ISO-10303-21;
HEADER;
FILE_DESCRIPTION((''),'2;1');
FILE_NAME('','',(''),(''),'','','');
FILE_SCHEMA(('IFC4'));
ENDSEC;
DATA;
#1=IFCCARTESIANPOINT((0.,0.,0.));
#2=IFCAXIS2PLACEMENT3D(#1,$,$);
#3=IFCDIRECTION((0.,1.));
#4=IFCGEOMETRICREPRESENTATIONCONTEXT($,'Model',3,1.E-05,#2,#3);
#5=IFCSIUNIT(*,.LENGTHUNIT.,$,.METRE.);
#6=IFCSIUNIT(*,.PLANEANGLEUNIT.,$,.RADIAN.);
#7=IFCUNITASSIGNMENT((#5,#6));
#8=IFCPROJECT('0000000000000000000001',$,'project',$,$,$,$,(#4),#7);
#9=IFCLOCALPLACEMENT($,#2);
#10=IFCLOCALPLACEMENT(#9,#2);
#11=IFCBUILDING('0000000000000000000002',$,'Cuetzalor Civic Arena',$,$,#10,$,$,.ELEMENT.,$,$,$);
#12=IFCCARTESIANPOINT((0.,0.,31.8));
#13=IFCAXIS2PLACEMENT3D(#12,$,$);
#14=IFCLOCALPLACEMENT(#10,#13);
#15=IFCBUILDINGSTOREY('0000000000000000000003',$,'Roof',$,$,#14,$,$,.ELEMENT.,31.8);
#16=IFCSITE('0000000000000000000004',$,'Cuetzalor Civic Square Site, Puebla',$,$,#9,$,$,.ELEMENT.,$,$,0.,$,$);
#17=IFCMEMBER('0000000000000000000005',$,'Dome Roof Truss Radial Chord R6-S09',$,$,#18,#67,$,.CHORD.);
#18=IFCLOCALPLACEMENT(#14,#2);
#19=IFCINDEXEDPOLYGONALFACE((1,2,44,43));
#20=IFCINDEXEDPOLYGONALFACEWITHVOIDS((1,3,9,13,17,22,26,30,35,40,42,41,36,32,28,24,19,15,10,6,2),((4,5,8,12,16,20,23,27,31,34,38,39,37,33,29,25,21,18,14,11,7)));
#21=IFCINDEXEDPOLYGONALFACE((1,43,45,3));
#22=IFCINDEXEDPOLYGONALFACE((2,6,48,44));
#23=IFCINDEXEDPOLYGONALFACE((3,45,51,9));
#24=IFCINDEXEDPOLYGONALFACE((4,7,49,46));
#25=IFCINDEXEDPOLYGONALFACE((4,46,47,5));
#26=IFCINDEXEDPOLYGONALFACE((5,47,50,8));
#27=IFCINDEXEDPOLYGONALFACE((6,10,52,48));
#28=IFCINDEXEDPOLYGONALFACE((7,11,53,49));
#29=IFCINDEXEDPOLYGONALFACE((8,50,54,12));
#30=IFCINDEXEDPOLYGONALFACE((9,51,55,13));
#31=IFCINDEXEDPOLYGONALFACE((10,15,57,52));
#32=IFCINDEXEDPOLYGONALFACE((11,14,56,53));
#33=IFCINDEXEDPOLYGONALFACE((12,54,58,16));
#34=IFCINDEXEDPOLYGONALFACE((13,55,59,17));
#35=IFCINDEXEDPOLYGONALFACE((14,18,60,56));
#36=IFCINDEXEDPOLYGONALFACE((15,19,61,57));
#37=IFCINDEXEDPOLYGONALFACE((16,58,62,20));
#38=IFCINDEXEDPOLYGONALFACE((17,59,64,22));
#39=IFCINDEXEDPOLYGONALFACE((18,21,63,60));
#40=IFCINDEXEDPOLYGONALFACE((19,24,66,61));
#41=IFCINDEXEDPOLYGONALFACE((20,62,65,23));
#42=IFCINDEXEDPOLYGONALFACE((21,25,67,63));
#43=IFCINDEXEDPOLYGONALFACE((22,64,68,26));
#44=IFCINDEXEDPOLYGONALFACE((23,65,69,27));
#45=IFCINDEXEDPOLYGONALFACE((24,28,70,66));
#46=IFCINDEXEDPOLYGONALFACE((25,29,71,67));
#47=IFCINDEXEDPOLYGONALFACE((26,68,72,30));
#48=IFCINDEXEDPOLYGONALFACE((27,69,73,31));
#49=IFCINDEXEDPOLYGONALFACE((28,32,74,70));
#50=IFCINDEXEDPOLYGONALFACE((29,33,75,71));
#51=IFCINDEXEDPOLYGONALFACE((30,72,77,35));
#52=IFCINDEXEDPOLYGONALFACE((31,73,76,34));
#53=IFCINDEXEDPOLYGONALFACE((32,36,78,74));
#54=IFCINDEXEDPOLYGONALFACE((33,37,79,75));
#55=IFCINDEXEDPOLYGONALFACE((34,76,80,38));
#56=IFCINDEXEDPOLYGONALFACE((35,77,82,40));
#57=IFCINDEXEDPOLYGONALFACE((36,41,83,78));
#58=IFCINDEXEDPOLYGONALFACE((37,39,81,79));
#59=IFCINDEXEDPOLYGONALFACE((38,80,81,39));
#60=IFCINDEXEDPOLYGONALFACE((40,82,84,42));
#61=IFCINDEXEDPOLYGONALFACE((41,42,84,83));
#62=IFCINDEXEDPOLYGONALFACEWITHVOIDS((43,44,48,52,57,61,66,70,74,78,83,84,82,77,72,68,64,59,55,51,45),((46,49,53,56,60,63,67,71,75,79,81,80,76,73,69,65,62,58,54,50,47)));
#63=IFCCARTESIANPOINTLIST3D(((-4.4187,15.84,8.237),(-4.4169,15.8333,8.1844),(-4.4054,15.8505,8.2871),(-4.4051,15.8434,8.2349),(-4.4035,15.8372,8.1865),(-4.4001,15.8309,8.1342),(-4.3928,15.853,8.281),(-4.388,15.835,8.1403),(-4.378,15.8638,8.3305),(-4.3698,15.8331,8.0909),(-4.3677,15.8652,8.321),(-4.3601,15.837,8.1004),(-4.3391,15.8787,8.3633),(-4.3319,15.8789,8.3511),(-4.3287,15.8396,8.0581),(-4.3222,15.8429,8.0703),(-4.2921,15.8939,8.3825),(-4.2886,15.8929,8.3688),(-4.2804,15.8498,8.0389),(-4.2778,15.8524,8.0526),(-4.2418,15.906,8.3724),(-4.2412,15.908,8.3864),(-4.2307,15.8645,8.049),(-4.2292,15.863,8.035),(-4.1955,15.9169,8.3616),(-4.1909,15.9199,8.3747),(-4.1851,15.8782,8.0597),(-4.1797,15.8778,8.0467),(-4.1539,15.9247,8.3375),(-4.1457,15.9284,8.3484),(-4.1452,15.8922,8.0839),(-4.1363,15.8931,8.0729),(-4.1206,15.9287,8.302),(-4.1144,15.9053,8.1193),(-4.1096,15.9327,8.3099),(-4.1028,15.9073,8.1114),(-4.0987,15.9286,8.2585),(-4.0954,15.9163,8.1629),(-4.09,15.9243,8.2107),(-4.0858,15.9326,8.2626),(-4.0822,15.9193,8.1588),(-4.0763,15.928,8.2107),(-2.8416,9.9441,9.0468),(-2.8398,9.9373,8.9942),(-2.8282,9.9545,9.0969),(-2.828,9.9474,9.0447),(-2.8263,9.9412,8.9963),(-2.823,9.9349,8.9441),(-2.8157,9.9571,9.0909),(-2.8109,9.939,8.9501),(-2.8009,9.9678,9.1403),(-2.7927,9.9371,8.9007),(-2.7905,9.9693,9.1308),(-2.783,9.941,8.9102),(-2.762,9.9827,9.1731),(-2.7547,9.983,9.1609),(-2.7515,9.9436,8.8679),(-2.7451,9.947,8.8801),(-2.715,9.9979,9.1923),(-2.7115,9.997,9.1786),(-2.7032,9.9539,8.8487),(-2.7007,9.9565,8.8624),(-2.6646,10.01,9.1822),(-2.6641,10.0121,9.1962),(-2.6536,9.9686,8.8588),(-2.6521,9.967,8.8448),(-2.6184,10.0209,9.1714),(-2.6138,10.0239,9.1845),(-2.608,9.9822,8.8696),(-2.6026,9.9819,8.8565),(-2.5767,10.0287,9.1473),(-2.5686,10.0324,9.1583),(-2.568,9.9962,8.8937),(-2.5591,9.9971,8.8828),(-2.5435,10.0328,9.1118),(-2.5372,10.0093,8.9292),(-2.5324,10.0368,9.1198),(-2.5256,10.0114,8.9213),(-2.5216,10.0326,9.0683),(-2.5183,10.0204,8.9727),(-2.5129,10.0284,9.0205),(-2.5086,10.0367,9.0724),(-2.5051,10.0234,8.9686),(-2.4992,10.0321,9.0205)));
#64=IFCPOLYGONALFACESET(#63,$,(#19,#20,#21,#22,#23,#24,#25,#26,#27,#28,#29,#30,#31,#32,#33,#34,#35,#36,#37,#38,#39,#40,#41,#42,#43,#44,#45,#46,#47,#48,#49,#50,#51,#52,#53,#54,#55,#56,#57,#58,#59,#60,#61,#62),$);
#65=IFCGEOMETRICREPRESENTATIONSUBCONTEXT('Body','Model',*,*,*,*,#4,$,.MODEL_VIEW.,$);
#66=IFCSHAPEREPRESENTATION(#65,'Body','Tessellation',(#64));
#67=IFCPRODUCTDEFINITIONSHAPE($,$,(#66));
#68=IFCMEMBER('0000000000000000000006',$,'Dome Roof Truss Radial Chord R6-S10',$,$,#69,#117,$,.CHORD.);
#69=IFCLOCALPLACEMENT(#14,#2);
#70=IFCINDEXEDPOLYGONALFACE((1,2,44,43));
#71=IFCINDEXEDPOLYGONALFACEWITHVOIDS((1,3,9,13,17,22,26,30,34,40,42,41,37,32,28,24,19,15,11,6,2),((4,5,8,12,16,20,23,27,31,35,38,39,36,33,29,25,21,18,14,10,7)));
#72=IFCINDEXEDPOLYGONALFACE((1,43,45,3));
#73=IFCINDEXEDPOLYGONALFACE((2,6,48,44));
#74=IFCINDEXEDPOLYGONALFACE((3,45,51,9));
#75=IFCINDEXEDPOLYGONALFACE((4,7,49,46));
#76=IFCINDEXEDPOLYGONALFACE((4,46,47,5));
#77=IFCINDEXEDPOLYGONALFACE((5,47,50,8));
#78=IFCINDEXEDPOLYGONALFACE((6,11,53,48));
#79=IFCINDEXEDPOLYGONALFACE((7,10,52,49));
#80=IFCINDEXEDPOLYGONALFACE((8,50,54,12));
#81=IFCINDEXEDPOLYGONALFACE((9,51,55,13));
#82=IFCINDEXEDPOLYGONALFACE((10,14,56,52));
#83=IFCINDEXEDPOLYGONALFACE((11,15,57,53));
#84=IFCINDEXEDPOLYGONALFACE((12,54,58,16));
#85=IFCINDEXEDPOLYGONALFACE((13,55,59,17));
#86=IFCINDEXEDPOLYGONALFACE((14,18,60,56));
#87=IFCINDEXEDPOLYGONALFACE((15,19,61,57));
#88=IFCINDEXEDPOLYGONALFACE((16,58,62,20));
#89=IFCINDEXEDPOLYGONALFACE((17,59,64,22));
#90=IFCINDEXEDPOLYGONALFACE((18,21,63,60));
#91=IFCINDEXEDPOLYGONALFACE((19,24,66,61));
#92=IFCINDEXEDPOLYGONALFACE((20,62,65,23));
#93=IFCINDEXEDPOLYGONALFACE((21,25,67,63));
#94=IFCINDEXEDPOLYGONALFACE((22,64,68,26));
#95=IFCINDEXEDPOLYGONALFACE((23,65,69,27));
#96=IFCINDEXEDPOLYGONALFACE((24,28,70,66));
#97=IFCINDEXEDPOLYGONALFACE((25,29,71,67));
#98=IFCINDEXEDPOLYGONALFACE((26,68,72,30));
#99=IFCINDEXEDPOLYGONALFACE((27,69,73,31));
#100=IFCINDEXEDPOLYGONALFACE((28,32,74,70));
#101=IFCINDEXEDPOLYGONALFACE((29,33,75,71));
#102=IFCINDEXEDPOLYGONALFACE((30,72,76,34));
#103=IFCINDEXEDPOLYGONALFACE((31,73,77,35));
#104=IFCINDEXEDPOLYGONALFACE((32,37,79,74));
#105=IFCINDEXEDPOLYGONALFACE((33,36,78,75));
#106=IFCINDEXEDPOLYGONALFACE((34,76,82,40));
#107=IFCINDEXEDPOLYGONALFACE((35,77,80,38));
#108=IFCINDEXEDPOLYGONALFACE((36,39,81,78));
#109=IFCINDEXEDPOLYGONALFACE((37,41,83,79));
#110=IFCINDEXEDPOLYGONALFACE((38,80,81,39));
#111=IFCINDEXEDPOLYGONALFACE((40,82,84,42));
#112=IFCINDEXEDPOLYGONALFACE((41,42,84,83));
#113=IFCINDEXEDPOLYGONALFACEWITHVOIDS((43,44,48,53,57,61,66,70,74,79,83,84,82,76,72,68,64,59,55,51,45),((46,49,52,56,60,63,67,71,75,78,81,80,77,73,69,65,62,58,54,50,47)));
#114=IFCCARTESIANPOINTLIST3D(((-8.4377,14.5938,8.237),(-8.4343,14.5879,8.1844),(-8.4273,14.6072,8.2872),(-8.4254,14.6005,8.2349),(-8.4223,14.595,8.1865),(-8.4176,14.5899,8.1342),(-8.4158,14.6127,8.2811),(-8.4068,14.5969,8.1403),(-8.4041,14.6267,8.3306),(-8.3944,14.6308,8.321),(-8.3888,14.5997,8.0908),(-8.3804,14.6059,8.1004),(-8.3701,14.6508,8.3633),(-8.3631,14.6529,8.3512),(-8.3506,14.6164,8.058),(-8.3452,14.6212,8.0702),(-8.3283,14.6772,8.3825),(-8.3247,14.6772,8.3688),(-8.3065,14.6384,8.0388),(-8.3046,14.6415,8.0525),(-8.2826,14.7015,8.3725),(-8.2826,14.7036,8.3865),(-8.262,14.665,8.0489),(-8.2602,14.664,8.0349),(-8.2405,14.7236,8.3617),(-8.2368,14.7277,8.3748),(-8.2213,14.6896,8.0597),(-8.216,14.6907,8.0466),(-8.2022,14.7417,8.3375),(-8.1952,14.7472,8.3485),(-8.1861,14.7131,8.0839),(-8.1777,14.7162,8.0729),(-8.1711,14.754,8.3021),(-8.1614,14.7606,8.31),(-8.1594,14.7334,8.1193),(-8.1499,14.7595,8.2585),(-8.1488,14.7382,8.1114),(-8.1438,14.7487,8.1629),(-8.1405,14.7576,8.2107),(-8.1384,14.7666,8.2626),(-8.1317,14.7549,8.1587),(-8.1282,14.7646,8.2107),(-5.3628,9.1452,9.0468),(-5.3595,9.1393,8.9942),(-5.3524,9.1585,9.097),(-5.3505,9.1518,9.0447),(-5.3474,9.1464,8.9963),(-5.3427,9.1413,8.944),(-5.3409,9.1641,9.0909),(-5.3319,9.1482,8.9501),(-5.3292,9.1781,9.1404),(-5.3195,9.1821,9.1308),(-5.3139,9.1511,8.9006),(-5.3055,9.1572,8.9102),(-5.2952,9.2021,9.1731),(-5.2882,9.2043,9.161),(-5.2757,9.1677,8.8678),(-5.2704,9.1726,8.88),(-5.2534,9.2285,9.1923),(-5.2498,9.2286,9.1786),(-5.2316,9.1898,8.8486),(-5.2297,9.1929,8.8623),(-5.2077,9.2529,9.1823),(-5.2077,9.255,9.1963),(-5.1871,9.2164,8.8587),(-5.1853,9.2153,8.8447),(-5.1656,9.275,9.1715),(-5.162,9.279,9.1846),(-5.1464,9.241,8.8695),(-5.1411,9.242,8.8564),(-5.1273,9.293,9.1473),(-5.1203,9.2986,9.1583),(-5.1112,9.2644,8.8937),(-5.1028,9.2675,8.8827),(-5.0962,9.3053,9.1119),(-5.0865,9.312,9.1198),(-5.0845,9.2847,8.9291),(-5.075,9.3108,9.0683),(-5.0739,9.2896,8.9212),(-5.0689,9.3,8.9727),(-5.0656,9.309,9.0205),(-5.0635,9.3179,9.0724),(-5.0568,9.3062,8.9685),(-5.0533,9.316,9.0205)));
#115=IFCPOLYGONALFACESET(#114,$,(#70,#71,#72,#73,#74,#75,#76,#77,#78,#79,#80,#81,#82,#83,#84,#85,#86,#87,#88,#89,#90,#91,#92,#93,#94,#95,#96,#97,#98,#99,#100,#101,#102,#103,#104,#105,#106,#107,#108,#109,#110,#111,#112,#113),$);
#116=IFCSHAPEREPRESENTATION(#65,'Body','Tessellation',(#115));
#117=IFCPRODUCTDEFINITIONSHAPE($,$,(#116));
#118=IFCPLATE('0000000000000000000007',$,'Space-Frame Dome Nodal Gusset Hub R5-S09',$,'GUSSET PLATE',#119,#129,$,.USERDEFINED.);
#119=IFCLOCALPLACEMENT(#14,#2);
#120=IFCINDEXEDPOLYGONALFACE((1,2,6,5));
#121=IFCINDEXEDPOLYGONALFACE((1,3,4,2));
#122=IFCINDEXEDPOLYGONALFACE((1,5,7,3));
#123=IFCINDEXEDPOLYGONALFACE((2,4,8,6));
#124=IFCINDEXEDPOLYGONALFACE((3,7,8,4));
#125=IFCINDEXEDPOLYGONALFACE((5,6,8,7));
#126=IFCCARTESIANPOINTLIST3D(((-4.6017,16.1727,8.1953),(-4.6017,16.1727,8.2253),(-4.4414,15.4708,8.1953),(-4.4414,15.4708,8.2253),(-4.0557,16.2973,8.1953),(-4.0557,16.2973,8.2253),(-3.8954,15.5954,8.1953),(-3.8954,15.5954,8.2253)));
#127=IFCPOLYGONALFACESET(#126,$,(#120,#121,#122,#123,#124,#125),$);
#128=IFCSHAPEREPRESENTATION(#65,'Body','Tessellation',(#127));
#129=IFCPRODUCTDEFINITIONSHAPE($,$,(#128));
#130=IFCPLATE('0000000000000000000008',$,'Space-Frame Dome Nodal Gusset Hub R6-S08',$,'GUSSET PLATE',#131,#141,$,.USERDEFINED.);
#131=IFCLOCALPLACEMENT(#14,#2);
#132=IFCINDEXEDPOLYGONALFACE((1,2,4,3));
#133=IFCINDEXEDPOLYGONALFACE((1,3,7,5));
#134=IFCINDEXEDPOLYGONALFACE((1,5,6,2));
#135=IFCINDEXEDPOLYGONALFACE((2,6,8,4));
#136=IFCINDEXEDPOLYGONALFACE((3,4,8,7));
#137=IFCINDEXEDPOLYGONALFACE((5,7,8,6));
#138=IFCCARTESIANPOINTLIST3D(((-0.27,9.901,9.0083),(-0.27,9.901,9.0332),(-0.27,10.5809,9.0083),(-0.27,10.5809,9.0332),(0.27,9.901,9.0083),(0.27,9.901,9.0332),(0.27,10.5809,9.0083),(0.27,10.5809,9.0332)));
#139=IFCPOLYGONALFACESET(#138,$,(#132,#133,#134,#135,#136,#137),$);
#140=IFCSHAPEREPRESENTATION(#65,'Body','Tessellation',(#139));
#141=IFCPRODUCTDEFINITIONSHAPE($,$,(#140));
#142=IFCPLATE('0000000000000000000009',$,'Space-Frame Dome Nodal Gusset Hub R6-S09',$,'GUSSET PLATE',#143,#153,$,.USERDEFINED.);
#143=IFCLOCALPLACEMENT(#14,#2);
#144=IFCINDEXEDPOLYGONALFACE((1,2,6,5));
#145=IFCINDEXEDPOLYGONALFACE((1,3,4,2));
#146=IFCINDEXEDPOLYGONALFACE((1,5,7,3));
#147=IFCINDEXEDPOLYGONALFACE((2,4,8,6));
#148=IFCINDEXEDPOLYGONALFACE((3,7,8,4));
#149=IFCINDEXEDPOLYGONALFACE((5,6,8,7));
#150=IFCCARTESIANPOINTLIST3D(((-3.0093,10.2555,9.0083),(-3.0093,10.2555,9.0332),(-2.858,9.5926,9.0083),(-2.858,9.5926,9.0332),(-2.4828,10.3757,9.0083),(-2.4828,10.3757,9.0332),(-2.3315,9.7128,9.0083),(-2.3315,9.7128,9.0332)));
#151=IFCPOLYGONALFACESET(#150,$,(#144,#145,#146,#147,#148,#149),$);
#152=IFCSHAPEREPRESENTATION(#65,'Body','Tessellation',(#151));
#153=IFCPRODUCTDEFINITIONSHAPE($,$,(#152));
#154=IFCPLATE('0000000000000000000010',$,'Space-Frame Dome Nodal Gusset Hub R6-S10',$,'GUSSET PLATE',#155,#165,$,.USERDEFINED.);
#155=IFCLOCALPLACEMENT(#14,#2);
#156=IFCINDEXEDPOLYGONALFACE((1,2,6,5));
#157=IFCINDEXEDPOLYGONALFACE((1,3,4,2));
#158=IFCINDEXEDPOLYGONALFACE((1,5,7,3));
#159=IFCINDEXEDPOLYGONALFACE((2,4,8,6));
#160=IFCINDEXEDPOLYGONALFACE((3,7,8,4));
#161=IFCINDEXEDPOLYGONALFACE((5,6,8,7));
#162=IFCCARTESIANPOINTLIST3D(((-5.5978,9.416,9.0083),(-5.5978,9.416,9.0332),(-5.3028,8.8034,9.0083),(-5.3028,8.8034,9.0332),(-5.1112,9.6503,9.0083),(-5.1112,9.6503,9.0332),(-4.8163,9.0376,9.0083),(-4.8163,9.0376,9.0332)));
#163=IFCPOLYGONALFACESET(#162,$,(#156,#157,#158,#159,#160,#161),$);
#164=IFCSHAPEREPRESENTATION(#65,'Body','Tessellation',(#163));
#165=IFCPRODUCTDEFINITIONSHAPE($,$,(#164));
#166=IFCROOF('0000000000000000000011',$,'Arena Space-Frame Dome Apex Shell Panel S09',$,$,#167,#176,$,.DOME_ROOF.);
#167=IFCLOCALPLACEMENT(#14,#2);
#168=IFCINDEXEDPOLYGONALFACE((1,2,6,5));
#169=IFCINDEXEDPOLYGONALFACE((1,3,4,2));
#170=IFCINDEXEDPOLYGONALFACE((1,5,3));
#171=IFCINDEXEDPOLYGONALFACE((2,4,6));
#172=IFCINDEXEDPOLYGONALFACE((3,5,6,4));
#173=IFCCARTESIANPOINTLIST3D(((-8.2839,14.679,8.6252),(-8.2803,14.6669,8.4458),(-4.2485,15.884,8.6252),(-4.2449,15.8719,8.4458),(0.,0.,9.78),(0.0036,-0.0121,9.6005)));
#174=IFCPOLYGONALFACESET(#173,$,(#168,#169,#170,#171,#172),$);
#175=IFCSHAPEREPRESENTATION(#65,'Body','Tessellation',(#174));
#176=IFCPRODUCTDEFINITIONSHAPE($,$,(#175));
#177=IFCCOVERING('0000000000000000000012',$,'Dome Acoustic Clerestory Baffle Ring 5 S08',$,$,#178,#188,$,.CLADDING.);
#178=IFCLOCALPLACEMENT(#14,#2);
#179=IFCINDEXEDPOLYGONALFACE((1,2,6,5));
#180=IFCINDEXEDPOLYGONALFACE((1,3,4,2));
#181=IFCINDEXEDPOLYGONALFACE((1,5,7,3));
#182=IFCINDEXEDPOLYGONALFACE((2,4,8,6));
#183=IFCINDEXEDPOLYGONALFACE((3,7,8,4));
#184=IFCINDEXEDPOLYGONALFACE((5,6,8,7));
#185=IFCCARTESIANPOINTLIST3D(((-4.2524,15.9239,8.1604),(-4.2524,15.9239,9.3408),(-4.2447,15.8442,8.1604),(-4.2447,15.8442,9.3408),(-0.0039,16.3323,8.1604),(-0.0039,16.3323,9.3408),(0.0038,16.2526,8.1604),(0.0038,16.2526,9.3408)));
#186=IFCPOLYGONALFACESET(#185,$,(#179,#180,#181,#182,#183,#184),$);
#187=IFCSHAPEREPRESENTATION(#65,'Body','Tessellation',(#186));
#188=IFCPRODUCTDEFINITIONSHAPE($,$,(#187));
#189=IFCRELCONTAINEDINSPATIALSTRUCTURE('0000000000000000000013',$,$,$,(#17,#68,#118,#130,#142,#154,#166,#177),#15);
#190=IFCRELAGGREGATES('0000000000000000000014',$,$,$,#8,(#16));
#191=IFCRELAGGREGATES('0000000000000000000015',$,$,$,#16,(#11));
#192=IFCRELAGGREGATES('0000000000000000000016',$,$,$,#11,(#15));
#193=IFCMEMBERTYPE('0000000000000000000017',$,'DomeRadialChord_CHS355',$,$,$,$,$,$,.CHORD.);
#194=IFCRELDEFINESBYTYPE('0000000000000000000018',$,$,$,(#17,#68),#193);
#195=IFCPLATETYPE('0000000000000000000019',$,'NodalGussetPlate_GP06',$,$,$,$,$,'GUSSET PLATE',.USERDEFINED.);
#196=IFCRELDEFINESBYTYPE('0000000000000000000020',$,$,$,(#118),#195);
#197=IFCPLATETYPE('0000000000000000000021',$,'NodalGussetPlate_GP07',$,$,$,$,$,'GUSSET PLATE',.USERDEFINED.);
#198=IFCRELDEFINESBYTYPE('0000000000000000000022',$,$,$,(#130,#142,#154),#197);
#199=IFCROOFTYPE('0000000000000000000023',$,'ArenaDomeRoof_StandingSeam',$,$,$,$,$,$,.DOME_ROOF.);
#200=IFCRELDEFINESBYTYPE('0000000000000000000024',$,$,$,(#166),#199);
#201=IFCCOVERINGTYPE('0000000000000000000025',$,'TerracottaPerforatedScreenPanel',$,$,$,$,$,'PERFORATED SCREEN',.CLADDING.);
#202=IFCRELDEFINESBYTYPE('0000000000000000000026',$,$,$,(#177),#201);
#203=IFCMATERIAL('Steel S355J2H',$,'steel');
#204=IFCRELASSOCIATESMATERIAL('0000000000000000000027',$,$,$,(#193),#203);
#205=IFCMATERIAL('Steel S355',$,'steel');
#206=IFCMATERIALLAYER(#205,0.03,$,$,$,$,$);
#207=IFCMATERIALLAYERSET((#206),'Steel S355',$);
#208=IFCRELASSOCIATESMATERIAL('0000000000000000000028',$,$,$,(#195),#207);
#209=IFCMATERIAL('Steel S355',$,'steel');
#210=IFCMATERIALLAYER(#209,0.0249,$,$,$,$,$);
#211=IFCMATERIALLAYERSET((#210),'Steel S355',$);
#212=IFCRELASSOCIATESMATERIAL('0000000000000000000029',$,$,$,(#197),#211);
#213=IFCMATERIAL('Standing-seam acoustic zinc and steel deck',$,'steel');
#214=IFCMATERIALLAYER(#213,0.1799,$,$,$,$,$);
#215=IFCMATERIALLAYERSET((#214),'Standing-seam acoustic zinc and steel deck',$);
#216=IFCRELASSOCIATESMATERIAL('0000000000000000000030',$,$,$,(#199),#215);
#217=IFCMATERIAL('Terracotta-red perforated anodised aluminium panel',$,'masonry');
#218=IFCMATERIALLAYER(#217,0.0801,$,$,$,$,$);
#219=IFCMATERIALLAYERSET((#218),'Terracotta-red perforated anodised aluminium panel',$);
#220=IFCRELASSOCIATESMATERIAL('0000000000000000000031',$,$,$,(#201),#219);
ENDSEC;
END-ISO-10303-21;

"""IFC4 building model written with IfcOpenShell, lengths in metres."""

from ifc_helpers import new_model, si_unit, direction, frame, frame_2d, origin, origin_2d, place, context, subcontext, project, spatial, polyline, rectangle, hollow_circle, outline, extrude, material, layer, layer_set, material_profile, profile_set, type_object, element, save


model = new_model("IFC4")

# Units and contexts
model_context = context("Model", 3, precision=1e-05, world=origin(), true_north=direction((0.0, 1.0)))
body_context = subcontext(model_context, "Body", "Model", "MODEL_VIEW")
ifc_project = project(units=[si_unit("LENGTHUNIT", "METRE"), si_unit("PLANEANGLEUNIT", "RADIAN")], contexts=[model_context])

# Site, building, storey
site_placement = place(None, origin())
site = spatial("IfcSite", under=ifc_project, at=site_placement, Name="Cuetzalor Civic Square Site, Puebla", CompositionType="ELEMENT", RefElevation=0.0)
building_placement = place(site_placement, origin())
building = spatial("IfcBuilding", under=site, at=building_placement, Name="Cuetzalor Civic Arena", CompositionType="ELEMENT")
storey_placement = place(building_placement, frame((0.0, 0.0, 31.8)))
storey = spatial("IfcBuildingStorey", under=building, at=storey_placement, Name="Roof", CompositionType="ELEMENT", Elevation=31.8)

# Members
ifc_material_1 = material(Name="Steel S355J2H", Category="steel")
ifc_material_profile_1 = material_profile(ifc_material_1, hollow_circle(Radius=0.1777, WallThickness=0.0142, at=origin_2d()), Name="CHS 355.6x14.2")
ifc_profile_set_1 = profile_set([ifc_material_profile_1], Name="Steel S355J2H")
member_type_1 = type_object("IfcMemberType", Name="DomeRadialChord_CHS355", PredefinedType="CHORD", material=ifc_profile_set_1)
member_1_placement = place(storey_placement, frame((-4.248, 15.8821, 8.2107), z_axis=(0.256164, -0.957642, 0.131532), x_axis=(0.966035, 0.258409, 0.0)))
element("IfcMember", 1, at=member_1_placement, inside=storey, type_object=member_type_1, Name="Dome Roof Truss Radial Chord R6-S09", PredefinedType="CHORD", context=body_context, shape_type="SweptSolid", body=[
    extrude(hollow_circle(Radius=0.1777, WallThickness=0.0142, at=origin_2d()), origin(), (0.0, 0.0, 1.0), 6.1567),
])
member_2_placement = place(storey_placement, frame((-8.283, 14.6772, 8.2107), z_axis=(0.487414, -0.863684, 0.128365), x_axis=(0.870889, 0.49148, 0.0)))
element("IfcMember", 2, at=member_2_placement, inside=storey, type_object=member_type_1, Name="Dome Roof Truss Radial Chord R6-S10", PredefinedType="CHORD", context=body_context, shape_type="SweptSolid", body=[
    extrude(hollow_circle(Radius=0.1777, WallThickness=0.0142, at=origin_2d()), origin(), (0.0, 0.0, 1.0), 6.3086),
])

# Plates
ifc_material_2 = material(Name="Steel S355", Category="steel")
ifc_layer_1 = layer(ifc_material_2, 0.03)
ifc_layer_set_1 = layer_set([ifc_layer_1], Name="Steel S355")
plate_type_1 = type_object("IfcPlateType", Name="NodalGussetPlate_GP06", ElementType="GUSSET PLATE", PredefinedType="USERDEFINED", material=ifc_layer_set_1)
plate_placement = place(storey_placement, frame((-4.2485, 15.884, 8.1953), z_axis=(0.0, 0.0, 1.0), x_axis=(-0.22257, 0.974917, 0.0)))
element("IfcPlate", 3, at=plate_placement, inside=storey, type_object=plate_type_1, Name="Space-Frame Dome Nodal Gusset Hub R5-S09", ObjectType="GUSSET PLATE", PredefinedType="USERDEFINED", context=body_context, shape_type="SweptSolid", body=[
    extrude(rectangle(XDim=0.72, YDim=0.5601, at=origin_2d()), origin(), (0.0, 0.0, 1.0), 0.03),
])
ifc_material_3 = material(Name="Steel S355", Category="steel")
ifc_layer_2 = layer(ifc_material_3, 0.0249)
ifc_layer_set_2 = layer_set([ifc_layer_2], Name="Steel S355")
plate_type_2 = type_object("IfcPlateType", Name="NodalGussetPlate_GP07", ElementType="GUSSET PLATE", PredefinedType="USERDEFINED", material=ifc_layer_set_2)
for number, where, z_axis, x_axis, name in (
    (4, (0.0, 10.241, 9.0083), (0.0, 0.0, 1.0), (0.0, 1.0, 0.0), "Space-Frame Dome Nodal Gusset Hub R6-S08"),
    (5, (-2.6704, 9.9841, 9.0083), (0.0, 0.0, 1.0), (-0.22257, 0.974917, 0.0), "Space-Frame Dome Nodal Gusset Hub R6-S09"),
    (6, (-5.207, 9.2268, 9.0083), (0.0, 0.0, 1.0), (-0.433816, 0.901001, 0.0), "Space-Frame Dome Nodal Gusset Hub R6-S10"),
):
    element("IfcPlate", number, at=place(storey_placement, frame(where, z_axis=z_axis, x_axis=x_axis)), inside=storey, type_object=plate_type_2, Name=name, ObjectType="GUSSET PLATE", PredefinedType="USERDEFINED", context=body_context, shape_type="SweptSolid", body=[
        extrude(rectangle(XDim=0.6799, YDim=0.54, at=origin_2d()), origin(), (0.0, 0.0, 1.0), 0.0249),
    ])

# Roof
ifc_material_4 = material(Name="Standing-seam acoustic zinc and steel deck", Category="steel")
ifc_layer_3 = layer(ifc_material_4, 0.1799)
ifc_layer_set_3 = layer_set([ifc_layer_3], Name="Standing-seam acoustic zinc and steel deck")
roof_type = type_object("IfcRoofType", Name="ArenaDomeRoof_StandingSeam", PredefinedType="DOME_ROOF", material=ifc_layer_set_3)
roof_placement = place(storey_placement, frame((-4.2485, 15.884, 8.6252), z_axis=(-0.020055, 0.067158, 0.997541), x_axis=(-0.958188, -0.28614, 0.0)))
element("IfcRoof", 7, at=roof_placement, inside=storey, type_object=roof_type, Name="Arena Space-Frame Dome Apex Shell Panel S09", PredefinedType="DOME_ROOF", context=body_context, shape_type="SweptSolid", body=[
    extrude(outline(polyline([(0.0, 0.0), (4.2115, 0.0), (0.4742, 16.4761), (0.0, 0.0)])), origin(), (0.0, 0.0, -1.0), 0.1799),
])

# Covering
ifc_material_5 = material(Name="Terracotta-red perforated anodised aluminium panel", Category="masonry")
ifc_layer_4 = layer(ifc_material_5, 0.0801)
ifc_layer_set_4 = layer_set([ifc_layer_4], Name="Terracotta-red perforated anodised aluminium panel")
covering_type = type_object("IfcCoveringType", Name="TerracottaPerforatedScreenPanel", ElementType="PERFORATED SCREEN", PredefinedType="CLADDING", material=ifc_layer_set_4)
covering_1_placement = place(storey_placement, frame((-4.2485, 15.884, 8.1604), z_axis=(0.0, 0.0, 1.0), x_axis=(0.99541, 0.095697, 0.0)))
element("IfcCovering", 8, at=covering_1_placement, inside=storey, type_object=covering_type, Name="Dome Acoustic Clerestory Baffle Ring 5 S08", PredefinedType="CLADDING", context=body_context, shape_type="SweptSolid", body=[
    extrude(rectangle(XDim=4.2681, YDim=0.0801, at=frame_2d((2.134, 0.0))), origin(), (0.0, 0.0, 1.0), 1.1804),
])

save(model, "model.ifc")
